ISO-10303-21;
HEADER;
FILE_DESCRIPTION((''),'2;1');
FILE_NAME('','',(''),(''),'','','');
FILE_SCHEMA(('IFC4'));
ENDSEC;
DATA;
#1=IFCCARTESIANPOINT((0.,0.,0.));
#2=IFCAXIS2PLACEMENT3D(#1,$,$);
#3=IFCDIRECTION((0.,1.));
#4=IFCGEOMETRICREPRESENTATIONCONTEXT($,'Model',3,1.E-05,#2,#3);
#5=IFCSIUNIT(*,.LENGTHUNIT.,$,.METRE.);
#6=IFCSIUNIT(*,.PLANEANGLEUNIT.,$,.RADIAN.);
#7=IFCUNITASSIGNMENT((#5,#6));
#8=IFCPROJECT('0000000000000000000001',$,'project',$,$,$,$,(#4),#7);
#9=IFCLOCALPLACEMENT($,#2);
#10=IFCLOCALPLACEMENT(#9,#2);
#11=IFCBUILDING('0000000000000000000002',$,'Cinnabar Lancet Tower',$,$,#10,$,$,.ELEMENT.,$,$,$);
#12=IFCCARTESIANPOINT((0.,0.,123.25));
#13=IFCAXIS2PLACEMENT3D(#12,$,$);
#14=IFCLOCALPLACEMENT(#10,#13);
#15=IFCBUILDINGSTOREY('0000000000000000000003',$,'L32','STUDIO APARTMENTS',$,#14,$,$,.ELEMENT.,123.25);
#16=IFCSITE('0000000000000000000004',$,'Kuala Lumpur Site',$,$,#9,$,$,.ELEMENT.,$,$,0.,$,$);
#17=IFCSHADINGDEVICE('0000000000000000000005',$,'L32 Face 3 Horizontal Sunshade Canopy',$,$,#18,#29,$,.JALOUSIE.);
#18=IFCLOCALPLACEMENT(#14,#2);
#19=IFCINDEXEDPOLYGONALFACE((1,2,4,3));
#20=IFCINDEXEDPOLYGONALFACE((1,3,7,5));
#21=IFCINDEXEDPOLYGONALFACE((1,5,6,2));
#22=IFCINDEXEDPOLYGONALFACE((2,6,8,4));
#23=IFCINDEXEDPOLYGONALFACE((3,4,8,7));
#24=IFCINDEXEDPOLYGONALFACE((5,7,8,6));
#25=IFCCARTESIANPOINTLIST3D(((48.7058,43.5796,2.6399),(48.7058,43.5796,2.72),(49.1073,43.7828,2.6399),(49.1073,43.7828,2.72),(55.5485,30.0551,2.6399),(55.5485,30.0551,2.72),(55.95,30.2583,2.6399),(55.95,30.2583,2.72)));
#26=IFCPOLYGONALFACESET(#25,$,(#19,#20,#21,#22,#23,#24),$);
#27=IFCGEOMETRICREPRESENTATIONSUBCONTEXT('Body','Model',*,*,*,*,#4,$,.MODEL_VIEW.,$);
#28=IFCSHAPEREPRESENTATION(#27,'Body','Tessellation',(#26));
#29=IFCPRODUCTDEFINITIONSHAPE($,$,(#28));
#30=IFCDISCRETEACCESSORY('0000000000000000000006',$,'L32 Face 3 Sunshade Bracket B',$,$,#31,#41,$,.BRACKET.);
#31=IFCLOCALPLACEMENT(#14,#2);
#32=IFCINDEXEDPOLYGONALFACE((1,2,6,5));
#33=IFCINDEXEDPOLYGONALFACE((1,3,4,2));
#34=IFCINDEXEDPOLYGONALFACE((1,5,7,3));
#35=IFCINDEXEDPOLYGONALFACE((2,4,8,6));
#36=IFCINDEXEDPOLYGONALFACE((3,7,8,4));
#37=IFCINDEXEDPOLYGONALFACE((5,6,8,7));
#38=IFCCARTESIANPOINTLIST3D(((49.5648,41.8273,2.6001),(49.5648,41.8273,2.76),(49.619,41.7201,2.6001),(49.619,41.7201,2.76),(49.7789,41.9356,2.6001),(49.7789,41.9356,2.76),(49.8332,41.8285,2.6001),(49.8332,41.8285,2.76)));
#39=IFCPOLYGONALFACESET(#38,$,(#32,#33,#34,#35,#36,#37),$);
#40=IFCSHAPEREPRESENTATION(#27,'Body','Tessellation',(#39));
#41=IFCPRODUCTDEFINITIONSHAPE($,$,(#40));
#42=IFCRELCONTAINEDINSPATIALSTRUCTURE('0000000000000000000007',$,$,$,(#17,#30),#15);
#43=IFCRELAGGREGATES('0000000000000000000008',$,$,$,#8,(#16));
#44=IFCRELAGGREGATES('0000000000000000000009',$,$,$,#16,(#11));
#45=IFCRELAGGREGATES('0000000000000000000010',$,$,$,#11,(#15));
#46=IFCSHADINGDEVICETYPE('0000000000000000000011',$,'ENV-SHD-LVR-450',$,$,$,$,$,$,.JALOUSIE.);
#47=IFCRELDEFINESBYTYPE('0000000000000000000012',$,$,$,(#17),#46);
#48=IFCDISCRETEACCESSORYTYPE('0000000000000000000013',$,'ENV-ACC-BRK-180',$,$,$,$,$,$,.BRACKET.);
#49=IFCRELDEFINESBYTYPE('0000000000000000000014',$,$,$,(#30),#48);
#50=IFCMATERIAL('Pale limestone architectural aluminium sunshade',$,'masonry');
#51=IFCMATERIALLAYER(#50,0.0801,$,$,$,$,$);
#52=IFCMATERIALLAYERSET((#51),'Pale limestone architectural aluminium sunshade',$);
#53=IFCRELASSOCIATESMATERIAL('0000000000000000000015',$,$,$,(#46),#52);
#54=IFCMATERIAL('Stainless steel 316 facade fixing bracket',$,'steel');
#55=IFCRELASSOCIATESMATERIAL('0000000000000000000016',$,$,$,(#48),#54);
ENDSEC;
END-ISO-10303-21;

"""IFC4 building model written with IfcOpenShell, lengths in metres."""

from ifc_helpers import new_model, si_unit, direction, frame, origin, origin_2d, place, context, subcontext, project, spatial, rectangle, extrude, material, layer, layer_set, type_object, element, save


model = new_model("IFC4")

# Units and contexts
model_context = context("Model", 3, precision=1e-05, world=origin(), true_north=direction((0.0, 1.0)))
body_context = subcontext(model_context, "Body", "Model", "MODEL_VIEW")
ifc_project = project(units=[si_unit("LENGTHUNIT", "METRE"), si_unit("PLANEANGLEUNIT", "RADIAN")], contexts=[model_context])

# Site, building, storey
site_placement = place(None, origin())
site = spatial("IfcSite", under=ifc_project, at=site_placement, Name="Kuala Lumpur Site", CompositionType="ELEMENT", RefElevation=0.0)
building_placement = place(site_placement, origin())
building = spatial("IfcBuilding", under=site, at=building_placement, Name="Cinnabar Lancet Tower", CompositionType="ELEMENT")
storey_placement = place(building_placement, frame((0.0, 0.0, 123.25)))
storey = spatial("IfcBuildingStorey", under=building, at=storey_placement, Name="L32", Description="STUDIO APARTMENTS", CompositionType="ELEMENT", Elevation=123.25)

# Shading device
ifc_material_1 = material(Name="Pale limestone architectural aluminium sunshade", Category="masonry")
ifc_layer_1 = layer(ifc_material_1, 0.0801)
ifc_layer_set_1 = layer_set([ifc_layer_1], Name="Pale limestone architectural aluminium sunshade")
shading_device_type = type_object("IfcShadingDeviceType", Name="ENV-SHD-LVR-450", PredefinedType="JALOUSIE", material=ifc_layer_set_1)
shading_device_placement = place(storey_placement, frame((52.3279, 36.9189, 2.6399), z_axis=(0.0, 0.0, 1.0), x_axis=(-0.451454, 0.892294, 0.0)))
element("IfcShadingDevice", 1, at=shading_device_placement, inside=storey, type_object=shading_device_type, Name="L32 Face 3 Horizontal Sunshade Canopy", PredefinedType="JALOUSIE", context=body_context, shape_type="SweptSolid", body=[
    extrude(rectangle(XDim=15.157, YDim=0.45, at=origin_2d()), origin(), (0.0, 0.0, 1.0), 0.0801),
])

# Discrete accessory
ifc_material_2 = material(Name="Stainless steel 316 facade fixing bracket", Category="steel")
discrete_accessory_type = type_object("IfcDiscreteAccessoryType", Name="ENV-ACC-BRK-180", PredefinedType="BRACKET", material=ifc_material_2)
discrete_accessory_placement = place(storey_placement, frame((49.699, 41.8279, 2.6001), z_axis=(0.0, 0.0, 1.0), x_axis=(-0.451454, 0.892294, 0.0)))
element("IfcDiscreteAccessory", 2, at=discrete_accessory_placement, inside=storey, type_object=discrete_accessory_type, Name="L32 Face 3 Sunshade Bracket B", PredefinedType="BRACKET", context=body_context, shape_type="SweptSolid", body=[
    extrude(rectangle(XDim=0.1201, YDim=0.24, at=origin_2d()), origin(), (0.0, 0.0, 1.0), 0.1599),
])

save(model, "model.ifc")
